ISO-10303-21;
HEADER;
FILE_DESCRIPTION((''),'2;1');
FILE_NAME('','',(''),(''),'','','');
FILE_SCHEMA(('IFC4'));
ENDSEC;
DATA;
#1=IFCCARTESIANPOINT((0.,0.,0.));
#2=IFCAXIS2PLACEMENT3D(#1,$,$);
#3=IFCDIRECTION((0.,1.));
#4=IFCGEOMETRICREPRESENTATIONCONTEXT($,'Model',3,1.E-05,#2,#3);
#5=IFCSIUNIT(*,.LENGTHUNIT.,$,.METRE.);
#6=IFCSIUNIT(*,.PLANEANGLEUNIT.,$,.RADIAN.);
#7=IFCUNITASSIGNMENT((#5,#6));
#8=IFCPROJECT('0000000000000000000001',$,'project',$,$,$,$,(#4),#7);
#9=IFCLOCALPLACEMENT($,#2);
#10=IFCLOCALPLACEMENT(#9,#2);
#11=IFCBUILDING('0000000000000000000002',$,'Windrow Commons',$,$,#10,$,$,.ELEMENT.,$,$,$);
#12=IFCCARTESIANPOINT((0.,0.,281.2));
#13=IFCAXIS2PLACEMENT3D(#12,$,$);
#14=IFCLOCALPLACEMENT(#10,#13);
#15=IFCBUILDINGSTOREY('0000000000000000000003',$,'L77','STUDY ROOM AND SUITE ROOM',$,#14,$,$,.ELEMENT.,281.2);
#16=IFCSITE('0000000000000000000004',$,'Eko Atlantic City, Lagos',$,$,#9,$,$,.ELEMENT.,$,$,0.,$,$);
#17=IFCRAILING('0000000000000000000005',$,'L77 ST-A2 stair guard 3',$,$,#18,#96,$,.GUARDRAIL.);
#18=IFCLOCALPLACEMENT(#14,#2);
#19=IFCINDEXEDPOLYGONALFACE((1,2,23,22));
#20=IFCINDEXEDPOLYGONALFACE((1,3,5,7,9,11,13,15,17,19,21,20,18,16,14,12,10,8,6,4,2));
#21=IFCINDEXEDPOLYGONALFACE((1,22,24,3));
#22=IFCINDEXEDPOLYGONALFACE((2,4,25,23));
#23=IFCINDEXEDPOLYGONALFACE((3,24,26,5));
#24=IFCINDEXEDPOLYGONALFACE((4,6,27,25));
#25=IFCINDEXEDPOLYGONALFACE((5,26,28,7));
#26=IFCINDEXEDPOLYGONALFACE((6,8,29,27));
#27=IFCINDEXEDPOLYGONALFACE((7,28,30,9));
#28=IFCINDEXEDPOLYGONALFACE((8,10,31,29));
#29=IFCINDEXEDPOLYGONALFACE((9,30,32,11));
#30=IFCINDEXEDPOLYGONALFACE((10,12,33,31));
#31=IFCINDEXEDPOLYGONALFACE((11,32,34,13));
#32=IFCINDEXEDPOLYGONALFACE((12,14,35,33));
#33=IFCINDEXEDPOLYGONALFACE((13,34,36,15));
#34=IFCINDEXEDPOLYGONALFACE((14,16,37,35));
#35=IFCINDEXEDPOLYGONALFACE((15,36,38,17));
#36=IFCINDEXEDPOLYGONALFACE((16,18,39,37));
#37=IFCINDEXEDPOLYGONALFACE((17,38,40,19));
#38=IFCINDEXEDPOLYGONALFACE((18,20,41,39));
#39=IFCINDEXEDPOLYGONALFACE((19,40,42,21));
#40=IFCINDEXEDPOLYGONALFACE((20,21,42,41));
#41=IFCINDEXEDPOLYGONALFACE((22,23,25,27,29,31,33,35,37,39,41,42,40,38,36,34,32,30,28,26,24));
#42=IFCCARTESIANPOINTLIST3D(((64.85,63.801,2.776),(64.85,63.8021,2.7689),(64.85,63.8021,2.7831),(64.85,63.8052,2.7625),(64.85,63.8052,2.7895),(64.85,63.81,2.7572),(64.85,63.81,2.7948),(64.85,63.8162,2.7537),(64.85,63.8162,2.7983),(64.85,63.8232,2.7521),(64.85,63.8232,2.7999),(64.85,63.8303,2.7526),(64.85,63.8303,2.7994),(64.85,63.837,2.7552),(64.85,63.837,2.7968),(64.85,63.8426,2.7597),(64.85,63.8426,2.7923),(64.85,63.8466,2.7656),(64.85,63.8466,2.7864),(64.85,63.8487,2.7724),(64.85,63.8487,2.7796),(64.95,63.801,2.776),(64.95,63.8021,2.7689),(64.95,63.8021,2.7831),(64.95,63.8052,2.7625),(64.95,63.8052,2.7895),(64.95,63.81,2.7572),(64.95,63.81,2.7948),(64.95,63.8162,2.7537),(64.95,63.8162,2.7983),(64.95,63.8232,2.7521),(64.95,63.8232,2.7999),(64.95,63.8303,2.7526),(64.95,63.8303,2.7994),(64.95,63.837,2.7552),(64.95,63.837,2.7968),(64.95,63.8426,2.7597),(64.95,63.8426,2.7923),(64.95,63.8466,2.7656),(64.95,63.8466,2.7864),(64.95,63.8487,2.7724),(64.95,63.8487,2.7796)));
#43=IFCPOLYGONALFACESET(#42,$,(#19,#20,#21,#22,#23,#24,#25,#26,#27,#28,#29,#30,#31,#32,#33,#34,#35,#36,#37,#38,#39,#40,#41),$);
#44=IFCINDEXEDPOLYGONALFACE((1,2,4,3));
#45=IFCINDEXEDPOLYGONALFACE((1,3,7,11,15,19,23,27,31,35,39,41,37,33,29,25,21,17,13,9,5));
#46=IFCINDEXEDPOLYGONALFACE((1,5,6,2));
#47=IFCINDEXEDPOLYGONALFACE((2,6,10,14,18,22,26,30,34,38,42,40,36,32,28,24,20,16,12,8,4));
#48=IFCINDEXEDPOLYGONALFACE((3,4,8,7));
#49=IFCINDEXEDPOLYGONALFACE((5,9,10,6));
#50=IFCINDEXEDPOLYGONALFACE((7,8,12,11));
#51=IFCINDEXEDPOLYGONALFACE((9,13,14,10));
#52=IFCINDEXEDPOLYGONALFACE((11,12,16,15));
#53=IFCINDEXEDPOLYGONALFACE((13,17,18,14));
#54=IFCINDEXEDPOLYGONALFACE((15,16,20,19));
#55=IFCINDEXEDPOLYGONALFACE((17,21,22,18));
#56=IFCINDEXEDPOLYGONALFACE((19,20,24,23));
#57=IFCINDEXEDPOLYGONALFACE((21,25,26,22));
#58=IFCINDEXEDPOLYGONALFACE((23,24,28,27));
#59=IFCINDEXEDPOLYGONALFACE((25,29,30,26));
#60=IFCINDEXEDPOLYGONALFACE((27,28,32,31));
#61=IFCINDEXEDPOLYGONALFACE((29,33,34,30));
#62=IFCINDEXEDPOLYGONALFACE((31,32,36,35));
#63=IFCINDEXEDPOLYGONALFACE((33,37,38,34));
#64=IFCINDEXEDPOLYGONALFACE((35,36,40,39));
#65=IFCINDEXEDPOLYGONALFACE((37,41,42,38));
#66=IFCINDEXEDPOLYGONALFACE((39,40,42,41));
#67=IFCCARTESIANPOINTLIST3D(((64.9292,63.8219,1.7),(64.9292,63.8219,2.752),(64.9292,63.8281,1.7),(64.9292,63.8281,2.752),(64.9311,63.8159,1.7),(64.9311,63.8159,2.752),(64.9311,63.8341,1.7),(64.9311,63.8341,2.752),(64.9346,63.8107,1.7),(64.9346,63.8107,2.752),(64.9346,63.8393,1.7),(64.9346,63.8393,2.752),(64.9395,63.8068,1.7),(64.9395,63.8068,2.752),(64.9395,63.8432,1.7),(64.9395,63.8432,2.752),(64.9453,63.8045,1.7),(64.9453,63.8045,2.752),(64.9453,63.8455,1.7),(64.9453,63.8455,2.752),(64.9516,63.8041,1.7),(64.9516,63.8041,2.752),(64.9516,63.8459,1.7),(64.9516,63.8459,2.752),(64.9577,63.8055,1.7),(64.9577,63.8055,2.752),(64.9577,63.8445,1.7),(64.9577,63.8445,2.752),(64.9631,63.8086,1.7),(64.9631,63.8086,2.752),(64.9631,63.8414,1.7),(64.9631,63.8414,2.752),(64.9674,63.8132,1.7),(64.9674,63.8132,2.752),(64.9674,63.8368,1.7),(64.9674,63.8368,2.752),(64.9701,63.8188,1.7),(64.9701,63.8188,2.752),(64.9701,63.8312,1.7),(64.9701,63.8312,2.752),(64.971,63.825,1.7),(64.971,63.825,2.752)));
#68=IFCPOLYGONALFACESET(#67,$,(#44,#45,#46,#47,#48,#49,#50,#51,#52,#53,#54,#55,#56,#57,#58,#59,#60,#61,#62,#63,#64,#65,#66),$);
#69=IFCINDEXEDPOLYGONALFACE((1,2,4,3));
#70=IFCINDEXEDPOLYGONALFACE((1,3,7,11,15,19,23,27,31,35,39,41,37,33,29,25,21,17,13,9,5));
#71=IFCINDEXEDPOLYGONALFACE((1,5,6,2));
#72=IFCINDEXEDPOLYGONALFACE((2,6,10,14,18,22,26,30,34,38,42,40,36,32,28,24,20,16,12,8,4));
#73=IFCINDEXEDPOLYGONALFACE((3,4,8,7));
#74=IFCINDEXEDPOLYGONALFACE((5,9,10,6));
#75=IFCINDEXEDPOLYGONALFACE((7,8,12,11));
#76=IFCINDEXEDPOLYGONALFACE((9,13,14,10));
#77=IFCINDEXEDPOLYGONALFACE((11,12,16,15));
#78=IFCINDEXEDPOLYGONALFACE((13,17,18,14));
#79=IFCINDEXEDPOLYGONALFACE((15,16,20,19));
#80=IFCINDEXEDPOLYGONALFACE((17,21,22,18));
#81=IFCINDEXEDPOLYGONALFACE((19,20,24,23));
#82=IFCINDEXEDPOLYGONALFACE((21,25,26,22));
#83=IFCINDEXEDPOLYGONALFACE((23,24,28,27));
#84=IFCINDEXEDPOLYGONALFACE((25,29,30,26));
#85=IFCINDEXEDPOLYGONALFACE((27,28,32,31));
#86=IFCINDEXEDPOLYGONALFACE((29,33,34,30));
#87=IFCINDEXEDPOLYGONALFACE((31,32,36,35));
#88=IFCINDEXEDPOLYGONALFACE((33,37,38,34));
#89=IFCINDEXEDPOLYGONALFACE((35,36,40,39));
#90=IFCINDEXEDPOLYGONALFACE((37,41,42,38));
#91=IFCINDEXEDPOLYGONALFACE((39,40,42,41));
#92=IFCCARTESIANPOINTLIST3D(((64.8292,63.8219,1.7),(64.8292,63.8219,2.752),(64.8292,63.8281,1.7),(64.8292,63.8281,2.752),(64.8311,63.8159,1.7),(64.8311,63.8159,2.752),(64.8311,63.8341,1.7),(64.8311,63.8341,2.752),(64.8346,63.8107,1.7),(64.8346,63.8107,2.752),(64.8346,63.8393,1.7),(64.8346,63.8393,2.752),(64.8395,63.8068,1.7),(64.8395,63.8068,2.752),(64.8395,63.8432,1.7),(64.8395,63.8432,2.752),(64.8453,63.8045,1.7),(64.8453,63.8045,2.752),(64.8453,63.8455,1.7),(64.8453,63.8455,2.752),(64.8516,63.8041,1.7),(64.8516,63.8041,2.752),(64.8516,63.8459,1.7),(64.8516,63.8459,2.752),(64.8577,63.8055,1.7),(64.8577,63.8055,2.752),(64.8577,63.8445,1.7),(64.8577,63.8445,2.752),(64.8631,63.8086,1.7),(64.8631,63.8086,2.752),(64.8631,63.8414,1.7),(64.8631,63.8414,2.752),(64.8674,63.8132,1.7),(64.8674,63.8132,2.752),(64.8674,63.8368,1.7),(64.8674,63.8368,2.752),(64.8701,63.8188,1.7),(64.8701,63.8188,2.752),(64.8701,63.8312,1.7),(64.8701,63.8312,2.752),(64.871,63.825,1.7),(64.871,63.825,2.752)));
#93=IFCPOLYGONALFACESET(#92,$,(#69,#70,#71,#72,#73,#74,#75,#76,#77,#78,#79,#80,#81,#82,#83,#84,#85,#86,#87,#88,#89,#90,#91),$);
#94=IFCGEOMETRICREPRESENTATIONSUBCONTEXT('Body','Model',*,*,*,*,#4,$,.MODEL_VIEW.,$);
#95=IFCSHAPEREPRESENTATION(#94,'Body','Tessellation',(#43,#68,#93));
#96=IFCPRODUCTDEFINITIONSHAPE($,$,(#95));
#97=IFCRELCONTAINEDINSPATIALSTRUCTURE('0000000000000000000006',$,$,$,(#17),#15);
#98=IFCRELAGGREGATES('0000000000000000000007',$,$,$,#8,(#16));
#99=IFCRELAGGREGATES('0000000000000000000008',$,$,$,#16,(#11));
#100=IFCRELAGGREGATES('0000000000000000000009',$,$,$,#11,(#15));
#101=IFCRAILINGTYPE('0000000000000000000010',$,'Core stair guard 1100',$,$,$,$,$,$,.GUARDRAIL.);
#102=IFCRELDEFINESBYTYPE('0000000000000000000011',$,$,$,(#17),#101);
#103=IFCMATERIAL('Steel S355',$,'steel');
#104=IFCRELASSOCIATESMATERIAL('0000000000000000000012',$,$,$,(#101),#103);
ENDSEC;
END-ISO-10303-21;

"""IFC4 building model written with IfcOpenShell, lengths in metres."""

from ifc_helpers import new_model, si_unit, direction, frame, origin, origin_2d, place, context, subcontext, project, spatial, circle, extrude, material, type_object, element, save


model = new_model("IFC4")

# Units and contexts
model_context = context("Model", 3, precision=1e-05, world=origin(), true_north=direction((0.0, 1.0)))
body_context = subcontext(model_context, "Body", "Model", "MODEL_VIEW")
ifc_project = project(units=[si_unit("LENGTHUNIT", "METRE"), si_unit("PLANEANGLEUNIT", "RADIAN")], contexts=[model_context])

# Site, building, storey
site_placement = place(None, origin())
site = spatial("IfcSite", under=ifc_project, at=site_placement, Name="Eko Atlantic City, Lagos", CompositionType="ELEMENT", RefElevation=0.0)
building_placement = place(site_placement, origin())
building = spatial("IfcBuilding", under=site, at=building_placement, Name="Windrow Commons", CompositionType="ELEMENT")
storey_placement = place(building_placement, frame((0.0, 0.0, 281.2)))
storey = spatial("IfcBuildingStorey", under=building, at=storey_placement, Name="L77", Description="STUDY ROOM AND SUITE ROOM", CompositionType="ELEMENT", Elevation=281.2)

# Railing
ifc_material_1 = material(Name="Steel S355", Category="steel")
railing_type_1 = type_object("IfcRailingType", Name="Core stair guard 1100", PredefinedType="GUARDRAIL", material=ifc_material_1)
railing_1_placement = place(storey_placement, frame((64.95, 63.825, 1.7)))
element("IfcRailing", 1, at=railing_1_placement, inside=storey, type_object=railing_type_1, Name="L77 ST-A2 stair guard 3", PredefinedType="GUARDRAIL", context=body_context, shape_type="SweptSolid", body=[
    extrude(circle(Radius=0.024, at=origin_2d()), frame((0.0, 0.0, 1.076), z_axis=(-1.0, 0.0, 0.0), x_axis=(0.0, -1.0, 0.0)), (0.0, 0.0, 1.0), 0.1),
    extrude(circle(Radius=0.021, at=origin_2d()), origin(), (0.0, 0.0, 1.0), 1.052),
    extrude(circle(Radius=0.021, at=origin_2d()), frame((-0.1, 0.0, 0.0)), (0.0, 0.0, 1.0), 1.052),
])

save(model, "model.ifc")
